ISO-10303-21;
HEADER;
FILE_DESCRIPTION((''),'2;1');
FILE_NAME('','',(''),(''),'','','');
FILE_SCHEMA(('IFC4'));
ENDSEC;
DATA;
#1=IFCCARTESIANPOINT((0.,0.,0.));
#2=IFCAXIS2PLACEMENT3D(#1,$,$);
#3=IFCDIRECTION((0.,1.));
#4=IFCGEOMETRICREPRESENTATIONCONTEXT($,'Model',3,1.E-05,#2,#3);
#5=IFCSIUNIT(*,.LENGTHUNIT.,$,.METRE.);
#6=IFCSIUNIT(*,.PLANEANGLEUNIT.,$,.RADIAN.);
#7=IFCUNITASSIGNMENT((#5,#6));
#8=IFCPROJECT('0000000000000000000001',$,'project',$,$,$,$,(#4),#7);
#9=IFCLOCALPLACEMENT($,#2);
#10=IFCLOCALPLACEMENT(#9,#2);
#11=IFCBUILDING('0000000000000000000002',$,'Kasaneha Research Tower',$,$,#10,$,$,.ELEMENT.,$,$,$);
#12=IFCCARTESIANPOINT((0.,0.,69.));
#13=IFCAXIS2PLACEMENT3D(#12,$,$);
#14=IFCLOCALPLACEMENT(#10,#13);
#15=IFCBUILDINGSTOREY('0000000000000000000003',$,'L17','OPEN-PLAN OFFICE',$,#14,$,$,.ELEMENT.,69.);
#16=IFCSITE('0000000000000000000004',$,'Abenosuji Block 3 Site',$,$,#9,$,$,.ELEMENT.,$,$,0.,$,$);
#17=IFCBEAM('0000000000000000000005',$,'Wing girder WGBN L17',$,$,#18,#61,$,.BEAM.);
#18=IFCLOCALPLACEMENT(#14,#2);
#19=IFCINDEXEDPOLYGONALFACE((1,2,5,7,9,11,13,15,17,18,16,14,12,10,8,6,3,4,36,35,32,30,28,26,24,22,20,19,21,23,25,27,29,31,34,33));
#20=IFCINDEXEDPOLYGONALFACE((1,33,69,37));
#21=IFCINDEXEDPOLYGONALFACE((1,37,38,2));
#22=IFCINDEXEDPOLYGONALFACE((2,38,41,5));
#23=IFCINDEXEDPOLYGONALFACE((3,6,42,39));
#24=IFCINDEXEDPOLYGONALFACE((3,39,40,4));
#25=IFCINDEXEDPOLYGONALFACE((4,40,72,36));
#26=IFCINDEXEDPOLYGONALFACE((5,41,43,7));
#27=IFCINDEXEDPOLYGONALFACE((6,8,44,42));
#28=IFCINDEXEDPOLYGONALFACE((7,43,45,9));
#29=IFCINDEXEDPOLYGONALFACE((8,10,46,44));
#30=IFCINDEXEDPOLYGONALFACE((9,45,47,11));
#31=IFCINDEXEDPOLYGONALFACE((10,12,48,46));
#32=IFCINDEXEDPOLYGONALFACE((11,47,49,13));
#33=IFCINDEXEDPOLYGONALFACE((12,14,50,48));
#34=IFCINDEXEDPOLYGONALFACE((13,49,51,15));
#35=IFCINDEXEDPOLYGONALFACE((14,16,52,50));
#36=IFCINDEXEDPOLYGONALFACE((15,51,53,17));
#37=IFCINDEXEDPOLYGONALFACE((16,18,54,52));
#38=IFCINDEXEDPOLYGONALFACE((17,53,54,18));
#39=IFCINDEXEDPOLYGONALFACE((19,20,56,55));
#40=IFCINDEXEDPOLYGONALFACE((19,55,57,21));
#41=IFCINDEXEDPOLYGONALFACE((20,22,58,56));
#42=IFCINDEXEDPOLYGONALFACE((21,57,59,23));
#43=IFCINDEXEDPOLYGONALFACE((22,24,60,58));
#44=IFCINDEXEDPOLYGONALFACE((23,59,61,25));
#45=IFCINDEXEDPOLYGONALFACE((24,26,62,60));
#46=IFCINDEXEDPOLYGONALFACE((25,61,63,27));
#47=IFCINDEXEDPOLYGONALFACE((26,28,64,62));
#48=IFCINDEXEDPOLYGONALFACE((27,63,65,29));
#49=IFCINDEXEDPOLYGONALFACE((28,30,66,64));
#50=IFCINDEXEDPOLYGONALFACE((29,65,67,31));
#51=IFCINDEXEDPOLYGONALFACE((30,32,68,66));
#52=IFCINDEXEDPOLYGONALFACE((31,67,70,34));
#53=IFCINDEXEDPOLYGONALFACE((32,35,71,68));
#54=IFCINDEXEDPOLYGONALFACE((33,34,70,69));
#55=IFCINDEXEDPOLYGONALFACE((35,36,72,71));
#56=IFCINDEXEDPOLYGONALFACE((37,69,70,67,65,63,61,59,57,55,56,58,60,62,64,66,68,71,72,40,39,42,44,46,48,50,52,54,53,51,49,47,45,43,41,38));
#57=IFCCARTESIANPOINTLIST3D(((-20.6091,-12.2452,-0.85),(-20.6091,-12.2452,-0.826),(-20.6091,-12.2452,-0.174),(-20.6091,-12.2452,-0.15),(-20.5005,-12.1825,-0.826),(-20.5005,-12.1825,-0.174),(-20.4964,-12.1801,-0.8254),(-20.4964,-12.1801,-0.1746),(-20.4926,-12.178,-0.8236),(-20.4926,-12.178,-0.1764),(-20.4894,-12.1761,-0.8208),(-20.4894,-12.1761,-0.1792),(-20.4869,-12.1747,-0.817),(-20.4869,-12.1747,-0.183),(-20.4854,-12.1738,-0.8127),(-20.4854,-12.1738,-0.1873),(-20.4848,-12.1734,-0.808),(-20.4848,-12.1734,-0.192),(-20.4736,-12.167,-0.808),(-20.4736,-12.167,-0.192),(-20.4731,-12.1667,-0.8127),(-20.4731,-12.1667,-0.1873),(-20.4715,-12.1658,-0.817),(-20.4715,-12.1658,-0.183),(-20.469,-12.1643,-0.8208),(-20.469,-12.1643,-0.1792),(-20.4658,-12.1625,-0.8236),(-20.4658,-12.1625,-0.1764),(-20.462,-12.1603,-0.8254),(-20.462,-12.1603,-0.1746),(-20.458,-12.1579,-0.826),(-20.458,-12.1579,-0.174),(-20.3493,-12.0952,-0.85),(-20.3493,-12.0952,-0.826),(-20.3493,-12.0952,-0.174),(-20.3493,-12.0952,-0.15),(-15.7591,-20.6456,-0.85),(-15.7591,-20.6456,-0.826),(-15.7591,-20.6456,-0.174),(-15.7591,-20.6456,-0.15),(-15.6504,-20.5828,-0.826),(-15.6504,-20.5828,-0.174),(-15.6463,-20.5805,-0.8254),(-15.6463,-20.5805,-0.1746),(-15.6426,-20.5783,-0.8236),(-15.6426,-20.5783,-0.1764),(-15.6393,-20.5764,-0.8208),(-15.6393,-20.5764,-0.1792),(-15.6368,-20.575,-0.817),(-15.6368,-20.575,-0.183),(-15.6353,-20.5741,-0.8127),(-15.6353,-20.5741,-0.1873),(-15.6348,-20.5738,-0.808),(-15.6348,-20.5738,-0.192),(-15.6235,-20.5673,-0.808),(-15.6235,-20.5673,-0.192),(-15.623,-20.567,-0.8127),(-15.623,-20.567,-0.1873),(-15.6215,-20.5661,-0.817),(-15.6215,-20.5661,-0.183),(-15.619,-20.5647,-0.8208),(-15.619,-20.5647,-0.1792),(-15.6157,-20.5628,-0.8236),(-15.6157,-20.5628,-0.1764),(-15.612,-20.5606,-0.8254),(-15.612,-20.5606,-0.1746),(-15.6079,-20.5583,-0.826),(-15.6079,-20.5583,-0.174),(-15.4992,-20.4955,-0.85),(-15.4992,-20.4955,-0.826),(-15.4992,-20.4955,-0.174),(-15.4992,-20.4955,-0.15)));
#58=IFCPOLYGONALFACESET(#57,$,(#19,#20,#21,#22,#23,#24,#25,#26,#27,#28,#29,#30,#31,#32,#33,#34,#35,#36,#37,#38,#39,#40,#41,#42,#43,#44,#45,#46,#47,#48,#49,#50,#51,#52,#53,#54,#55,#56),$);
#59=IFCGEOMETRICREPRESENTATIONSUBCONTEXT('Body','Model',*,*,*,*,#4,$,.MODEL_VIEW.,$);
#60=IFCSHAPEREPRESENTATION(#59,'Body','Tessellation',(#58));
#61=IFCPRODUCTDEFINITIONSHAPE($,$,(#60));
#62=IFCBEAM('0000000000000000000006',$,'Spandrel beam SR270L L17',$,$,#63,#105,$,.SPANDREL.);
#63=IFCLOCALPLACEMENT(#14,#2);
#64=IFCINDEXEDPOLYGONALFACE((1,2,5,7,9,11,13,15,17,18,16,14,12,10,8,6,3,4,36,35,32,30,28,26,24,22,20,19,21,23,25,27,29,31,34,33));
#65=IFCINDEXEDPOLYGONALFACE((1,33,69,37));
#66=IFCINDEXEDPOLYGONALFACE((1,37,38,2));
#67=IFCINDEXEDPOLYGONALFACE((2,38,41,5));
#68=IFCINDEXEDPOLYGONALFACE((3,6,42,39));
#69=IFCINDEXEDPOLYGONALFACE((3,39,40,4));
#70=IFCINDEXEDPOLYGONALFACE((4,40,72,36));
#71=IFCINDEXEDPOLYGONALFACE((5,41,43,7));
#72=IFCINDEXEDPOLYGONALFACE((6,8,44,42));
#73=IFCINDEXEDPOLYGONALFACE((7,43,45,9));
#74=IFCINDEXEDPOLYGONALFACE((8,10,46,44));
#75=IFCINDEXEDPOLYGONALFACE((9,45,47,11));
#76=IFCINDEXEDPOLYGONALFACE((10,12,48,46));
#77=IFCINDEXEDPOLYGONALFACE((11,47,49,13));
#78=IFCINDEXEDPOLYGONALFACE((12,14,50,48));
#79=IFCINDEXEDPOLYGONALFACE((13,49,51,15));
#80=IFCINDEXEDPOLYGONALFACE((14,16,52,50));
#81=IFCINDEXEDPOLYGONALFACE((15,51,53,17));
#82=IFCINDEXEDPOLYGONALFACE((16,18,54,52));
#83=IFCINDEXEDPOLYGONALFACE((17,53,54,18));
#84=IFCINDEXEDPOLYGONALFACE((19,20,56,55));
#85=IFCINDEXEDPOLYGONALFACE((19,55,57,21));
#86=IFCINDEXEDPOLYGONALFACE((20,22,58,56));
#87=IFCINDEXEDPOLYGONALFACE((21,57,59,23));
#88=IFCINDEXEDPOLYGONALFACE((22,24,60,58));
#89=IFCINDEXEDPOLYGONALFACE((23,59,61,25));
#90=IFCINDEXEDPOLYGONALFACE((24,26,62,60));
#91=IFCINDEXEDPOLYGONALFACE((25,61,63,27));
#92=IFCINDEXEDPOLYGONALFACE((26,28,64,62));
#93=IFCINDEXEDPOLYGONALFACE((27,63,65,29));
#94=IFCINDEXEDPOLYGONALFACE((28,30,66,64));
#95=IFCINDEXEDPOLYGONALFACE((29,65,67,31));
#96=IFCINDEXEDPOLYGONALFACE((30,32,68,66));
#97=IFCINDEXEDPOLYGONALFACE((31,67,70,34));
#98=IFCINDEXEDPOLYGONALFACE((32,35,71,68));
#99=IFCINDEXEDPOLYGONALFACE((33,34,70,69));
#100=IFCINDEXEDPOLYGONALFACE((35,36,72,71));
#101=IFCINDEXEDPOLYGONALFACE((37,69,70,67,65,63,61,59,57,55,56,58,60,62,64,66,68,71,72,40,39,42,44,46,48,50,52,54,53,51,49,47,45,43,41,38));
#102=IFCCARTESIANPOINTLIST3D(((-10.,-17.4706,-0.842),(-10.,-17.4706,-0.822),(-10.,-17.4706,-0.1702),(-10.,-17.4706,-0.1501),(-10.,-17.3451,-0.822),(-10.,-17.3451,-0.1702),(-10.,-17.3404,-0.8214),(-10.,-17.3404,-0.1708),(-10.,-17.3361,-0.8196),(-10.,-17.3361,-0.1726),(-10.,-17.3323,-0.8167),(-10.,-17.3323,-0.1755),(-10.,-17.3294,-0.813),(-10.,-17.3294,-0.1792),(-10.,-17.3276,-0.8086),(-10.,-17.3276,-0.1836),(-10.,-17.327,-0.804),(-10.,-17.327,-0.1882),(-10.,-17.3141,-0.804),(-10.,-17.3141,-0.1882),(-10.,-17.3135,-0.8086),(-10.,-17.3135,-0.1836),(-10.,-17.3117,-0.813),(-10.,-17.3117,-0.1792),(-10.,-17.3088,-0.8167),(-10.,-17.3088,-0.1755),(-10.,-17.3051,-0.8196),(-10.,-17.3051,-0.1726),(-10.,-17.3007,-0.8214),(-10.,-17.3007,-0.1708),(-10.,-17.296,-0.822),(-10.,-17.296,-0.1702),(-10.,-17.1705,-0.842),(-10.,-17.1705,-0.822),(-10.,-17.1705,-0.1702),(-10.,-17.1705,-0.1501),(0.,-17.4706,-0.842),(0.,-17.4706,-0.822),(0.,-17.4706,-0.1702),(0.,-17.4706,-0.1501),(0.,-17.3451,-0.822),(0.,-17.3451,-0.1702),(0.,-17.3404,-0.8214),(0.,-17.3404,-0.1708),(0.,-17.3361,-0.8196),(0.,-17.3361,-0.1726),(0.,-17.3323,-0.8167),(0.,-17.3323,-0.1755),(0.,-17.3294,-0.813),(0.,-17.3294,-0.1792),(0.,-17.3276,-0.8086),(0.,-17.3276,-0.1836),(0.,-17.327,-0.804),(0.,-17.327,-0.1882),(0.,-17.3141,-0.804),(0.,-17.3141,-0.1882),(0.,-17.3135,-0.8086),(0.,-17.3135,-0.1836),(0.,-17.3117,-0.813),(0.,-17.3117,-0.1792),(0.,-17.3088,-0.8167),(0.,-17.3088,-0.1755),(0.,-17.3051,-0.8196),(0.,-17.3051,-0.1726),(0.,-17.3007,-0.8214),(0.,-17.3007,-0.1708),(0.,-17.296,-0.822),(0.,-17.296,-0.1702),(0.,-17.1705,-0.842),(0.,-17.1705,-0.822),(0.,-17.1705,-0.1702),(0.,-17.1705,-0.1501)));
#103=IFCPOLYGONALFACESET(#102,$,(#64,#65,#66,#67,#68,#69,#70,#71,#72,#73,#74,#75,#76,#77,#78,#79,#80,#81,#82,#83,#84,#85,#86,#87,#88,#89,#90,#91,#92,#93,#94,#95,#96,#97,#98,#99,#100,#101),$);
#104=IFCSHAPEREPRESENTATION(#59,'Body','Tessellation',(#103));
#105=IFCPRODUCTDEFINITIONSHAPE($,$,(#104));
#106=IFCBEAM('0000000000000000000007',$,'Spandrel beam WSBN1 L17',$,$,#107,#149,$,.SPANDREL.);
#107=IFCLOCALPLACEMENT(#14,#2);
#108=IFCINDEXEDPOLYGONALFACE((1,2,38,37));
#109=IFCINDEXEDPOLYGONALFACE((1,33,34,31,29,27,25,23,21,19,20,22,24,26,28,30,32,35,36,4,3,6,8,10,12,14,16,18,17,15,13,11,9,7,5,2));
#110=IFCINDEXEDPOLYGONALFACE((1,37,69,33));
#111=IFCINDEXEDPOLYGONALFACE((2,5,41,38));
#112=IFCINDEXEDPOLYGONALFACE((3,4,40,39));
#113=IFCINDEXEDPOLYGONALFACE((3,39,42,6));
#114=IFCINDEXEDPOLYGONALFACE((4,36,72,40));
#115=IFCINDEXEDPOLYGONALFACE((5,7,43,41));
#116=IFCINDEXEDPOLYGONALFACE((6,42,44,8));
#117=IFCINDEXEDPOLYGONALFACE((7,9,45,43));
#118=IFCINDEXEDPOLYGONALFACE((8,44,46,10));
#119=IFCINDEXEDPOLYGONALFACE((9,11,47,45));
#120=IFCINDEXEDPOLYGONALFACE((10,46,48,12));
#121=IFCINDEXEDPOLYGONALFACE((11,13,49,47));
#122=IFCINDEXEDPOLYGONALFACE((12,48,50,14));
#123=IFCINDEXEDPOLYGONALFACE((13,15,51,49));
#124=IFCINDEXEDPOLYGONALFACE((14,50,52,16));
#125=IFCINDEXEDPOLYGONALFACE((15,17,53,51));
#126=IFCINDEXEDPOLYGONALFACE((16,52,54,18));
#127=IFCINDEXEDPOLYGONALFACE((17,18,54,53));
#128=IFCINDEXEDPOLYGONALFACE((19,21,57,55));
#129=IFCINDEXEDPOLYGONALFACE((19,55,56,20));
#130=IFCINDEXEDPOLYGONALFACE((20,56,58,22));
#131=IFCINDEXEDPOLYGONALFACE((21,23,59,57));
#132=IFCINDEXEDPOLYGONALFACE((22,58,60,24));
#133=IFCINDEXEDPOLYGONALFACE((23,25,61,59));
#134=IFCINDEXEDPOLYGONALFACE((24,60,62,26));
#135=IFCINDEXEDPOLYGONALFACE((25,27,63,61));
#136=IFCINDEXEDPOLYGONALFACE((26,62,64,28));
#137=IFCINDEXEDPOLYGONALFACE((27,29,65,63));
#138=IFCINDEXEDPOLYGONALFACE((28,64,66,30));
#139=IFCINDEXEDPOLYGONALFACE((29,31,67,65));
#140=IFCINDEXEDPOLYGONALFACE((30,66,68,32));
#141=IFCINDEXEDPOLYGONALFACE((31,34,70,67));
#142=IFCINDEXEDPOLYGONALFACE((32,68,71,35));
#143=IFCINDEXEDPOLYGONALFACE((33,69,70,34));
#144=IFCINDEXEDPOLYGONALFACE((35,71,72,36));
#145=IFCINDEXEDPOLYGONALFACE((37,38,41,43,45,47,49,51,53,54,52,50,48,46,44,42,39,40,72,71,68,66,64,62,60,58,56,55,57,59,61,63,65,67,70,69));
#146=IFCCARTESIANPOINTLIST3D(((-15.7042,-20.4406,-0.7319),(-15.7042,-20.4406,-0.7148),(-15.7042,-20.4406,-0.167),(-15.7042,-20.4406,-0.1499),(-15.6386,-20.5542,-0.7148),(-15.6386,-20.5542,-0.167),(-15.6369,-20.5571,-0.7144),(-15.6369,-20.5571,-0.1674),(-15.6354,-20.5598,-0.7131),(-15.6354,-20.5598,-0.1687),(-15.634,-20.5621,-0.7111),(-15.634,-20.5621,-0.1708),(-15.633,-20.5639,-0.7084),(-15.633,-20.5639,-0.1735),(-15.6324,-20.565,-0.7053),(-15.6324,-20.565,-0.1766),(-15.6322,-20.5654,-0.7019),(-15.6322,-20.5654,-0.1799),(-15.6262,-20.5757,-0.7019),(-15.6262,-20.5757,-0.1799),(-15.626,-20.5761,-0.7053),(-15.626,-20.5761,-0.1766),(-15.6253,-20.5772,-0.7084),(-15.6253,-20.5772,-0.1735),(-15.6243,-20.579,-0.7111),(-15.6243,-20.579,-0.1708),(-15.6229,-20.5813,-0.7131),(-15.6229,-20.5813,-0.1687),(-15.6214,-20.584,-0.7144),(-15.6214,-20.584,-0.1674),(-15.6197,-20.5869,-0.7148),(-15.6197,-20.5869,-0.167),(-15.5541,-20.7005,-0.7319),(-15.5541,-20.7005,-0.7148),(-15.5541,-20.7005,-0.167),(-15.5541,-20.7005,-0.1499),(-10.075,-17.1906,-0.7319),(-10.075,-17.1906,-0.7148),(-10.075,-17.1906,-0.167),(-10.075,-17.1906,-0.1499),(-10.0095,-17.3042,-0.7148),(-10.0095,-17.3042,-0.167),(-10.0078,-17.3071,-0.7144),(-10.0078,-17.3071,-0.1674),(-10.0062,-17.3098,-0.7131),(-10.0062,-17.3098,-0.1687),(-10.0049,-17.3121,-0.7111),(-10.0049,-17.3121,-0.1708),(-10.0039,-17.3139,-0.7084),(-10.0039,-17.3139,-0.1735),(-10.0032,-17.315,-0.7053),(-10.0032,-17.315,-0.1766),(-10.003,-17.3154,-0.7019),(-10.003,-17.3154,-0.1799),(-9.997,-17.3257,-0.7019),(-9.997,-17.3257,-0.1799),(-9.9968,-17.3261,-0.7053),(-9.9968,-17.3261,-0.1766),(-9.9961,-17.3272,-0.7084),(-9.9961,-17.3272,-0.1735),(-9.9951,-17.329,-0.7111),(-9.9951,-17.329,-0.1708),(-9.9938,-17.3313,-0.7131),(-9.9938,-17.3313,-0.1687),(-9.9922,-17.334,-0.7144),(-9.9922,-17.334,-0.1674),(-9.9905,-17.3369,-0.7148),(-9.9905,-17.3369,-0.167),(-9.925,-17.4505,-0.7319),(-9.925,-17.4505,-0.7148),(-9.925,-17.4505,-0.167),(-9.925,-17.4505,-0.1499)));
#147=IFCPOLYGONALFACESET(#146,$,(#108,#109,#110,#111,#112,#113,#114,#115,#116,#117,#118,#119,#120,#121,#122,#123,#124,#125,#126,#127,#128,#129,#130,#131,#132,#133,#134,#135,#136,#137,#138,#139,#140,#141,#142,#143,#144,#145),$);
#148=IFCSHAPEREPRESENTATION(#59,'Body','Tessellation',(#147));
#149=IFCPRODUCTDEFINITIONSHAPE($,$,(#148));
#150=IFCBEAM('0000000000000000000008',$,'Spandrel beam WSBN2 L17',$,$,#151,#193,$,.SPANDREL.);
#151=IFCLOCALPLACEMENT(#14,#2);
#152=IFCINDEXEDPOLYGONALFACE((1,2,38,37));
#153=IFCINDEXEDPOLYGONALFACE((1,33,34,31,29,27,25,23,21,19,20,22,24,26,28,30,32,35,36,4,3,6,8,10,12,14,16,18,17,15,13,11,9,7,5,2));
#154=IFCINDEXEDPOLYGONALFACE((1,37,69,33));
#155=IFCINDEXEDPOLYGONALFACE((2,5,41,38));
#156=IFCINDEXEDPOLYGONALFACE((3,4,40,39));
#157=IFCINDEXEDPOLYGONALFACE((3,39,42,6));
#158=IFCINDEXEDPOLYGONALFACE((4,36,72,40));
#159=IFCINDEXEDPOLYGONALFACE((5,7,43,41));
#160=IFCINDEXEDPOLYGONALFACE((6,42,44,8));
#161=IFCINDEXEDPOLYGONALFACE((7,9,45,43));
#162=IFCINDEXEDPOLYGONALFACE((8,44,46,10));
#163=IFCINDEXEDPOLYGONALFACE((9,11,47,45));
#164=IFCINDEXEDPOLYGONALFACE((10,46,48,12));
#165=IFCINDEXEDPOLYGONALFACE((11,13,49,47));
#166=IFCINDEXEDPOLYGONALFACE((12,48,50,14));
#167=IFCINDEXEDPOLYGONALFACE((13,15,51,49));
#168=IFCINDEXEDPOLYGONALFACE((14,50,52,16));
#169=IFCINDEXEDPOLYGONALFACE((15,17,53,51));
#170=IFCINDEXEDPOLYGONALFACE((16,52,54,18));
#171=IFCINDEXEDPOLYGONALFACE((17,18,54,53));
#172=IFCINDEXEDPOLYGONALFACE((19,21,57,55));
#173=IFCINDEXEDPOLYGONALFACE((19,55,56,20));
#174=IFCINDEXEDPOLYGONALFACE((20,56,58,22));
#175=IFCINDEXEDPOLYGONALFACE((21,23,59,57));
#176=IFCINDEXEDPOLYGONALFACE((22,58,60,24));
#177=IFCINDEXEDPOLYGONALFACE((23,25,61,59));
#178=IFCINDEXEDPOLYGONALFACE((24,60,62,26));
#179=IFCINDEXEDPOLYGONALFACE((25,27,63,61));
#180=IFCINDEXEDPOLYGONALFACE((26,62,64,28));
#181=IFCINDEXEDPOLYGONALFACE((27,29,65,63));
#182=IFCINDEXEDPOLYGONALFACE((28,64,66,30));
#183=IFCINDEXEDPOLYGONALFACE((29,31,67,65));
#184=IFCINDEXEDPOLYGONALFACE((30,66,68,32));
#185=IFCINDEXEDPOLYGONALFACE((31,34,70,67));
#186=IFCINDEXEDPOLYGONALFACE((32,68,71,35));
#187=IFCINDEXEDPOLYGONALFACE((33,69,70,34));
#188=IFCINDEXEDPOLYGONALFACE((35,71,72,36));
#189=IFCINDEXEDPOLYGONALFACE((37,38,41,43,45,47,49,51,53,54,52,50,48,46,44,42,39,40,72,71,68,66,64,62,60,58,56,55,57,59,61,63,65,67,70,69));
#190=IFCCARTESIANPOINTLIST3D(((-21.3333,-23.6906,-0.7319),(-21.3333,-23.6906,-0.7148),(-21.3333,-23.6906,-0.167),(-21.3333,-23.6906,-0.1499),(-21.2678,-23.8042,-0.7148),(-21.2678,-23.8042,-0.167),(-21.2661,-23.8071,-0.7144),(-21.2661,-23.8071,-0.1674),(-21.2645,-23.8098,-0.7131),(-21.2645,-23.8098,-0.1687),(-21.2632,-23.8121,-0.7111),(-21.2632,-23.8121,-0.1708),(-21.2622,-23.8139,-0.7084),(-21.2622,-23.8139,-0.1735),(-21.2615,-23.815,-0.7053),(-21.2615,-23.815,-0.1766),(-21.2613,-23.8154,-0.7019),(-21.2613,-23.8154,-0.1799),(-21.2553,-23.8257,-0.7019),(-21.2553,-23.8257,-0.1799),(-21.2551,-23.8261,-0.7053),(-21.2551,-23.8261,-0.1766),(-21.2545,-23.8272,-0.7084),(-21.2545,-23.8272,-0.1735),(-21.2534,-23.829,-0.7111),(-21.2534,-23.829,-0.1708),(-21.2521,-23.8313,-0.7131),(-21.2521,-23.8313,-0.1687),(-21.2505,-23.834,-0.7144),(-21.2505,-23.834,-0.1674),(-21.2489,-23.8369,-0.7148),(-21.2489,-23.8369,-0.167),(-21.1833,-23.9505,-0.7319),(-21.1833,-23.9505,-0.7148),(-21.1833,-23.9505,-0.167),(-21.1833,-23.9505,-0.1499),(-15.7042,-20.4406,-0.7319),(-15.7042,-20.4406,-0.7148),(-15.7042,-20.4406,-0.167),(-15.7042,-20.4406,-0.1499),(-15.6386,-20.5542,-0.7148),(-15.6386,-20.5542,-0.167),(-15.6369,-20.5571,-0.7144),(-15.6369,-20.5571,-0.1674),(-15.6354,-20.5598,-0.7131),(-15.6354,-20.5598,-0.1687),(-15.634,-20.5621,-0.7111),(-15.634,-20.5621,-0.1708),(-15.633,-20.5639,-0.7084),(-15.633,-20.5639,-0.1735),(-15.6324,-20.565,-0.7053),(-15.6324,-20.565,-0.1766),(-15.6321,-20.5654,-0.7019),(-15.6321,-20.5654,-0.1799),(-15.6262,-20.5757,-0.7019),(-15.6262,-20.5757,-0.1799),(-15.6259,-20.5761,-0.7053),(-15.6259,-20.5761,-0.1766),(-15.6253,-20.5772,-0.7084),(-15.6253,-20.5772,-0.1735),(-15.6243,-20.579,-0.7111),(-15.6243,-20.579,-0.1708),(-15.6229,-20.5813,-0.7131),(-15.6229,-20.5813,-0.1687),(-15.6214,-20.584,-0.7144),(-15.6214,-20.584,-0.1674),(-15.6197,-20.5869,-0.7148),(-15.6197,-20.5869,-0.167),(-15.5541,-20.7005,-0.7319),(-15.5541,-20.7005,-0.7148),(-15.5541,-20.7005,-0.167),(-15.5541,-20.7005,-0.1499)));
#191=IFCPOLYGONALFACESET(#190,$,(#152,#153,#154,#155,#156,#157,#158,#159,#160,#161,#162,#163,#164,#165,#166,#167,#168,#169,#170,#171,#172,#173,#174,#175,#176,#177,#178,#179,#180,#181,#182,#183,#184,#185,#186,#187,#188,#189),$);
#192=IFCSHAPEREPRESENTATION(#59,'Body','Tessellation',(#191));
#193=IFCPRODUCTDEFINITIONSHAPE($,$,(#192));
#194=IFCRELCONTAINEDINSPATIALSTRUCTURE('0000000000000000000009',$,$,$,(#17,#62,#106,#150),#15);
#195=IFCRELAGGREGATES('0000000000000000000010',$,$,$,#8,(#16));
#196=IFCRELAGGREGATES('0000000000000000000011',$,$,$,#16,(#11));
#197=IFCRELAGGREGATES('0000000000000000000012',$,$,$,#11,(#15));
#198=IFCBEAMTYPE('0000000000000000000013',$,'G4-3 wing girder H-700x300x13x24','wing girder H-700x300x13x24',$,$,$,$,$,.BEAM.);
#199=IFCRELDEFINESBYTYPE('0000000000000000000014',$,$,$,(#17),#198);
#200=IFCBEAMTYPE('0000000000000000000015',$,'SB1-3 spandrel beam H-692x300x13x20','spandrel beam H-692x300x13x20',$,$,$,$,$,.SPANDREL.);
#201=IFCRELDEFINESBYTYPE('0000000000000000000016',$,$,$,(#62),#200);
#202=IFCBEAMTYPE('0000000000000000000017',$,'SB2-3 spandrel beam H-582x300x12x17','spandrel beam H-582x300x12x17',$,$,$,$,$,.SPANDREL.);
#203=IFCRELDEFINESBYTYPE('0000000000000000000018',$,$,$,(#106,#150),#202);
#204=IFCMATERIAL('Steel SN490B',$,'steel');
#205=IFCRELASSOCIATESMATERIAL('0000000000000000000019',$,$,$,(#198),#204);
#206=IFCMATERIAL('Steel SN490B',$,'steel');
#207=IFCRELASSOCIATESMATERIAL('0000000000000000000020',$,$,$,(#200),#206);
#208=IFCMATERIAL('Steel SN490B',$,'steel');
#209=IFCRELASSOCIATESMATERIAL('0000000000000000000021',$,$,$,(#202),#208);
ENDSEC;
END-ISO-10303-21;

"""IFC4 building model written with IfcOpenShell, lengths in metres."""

from ifc_helpers import new_model, si_unit, direction, frame, origin, origin_2d, place, context, subcontext, project, spatial, i_section, extrude, material, material_profile, profile_set, type_object, element, save


model = new_model("IFC4")

# Units and contexts
model_context = context("Model", 3, precision=1e-05, world=origin(), true_north=direction((0.0, 1.0)))
body_context = subcontext(model_context, "Body", "Model", "MODEL_VIEW")
ifc_project = project(units=[si_unit("LENGTHUNIT", "METRE"), si_unit("PLANEANGLEUNIT", "RADIAN")], contexts=[model_context])

# Site, building, storey
site_placement = place(None, origin())
site = spatial("IfcSite", under=ifc_project, at=site_placement, Name="Abenosuji Block 3 Site", CompositionType="ELEMENT", RefElevation=0.0)
building_placement = place(site_placement, origin())
building = spatial("IfcBuilding", under=site, at=building_placement, Name="Kasaneha Research Tower", CompositionType="ELEMENT")
storey_placement = place(building_placement, frame((0.0, 0.0, 69.0)))
storey = spatial("IfcBuildingStorey", under=building, at=storey_placement, Name="L17", Description="OPEN-PLAN OFFICE", CompositionType="ELEMENT", Elevation=69.0)

# Beams
ifc_material_1 = material(Name="Steel SN490B", Category="steel")
ifc_material_profile_1 = material_profile(ifc_material_1, i_section(OverallWidth=0.3, OverallDepth=0.7, WebThickness=0.0129, FlangeThickness=0.0239, FilletRadius=0.0181, at=origin_2d()), Name="H-700x300x13x24")
ifc_profile_set_1 = profile_set([ifc_material_profile_1], Name="Steel SN490B")
beam_type_1 = type_object("IfcBeamType", Name="G4-3 wing girder H-700x300x13x24", Description="wing girder H-700x300x13x24", PredefinedType="BEAM", material=ifc_profile_set_1)
beam_1_placement = place(storey_placement, frame((-15.6292, -20.5706, -0.5), z_axis=(-0.50001, 0.86602, 0.0), x_axis=(-0.86602, -0.50001, 0.0)))
element("IfcBeam", 1, at=beam_1_placement, inside=storey, type_object=beam_type_1, Name="Wing girder WGBN L17", PredefinedType="BEAM", context=body_context, shape_type="SweptSolid", body=[
    extrude(i_section(OverallWidth=0.3, OverallDepth=0.7, WebThickness=0.0129, FlangeThickness=0.0239, FilletRadius=0.0181, at=origin_2d()), origin(), (0.0, 0.0, 1.0), 9.7),
])
ifc_material_2 = material(Name="Steel SN490B", Category="steel")
ifc_material_profile_2 = material_profile(ifc_material_2, i_section(OverallWidth=0.3, OverallDepth=0.6919, WebThickness=0.0129, FlangeThickness=0.02, FilletRadius=0.0181, at=origin_2d()), Name="H-692x300x13x20")
ifc_profile_set_2 = profile_set([ifc_material_profile_2], Name="Steel SN490B")
beam_type_2 = type_object("IfcBeamType", Name="SB1-3 spandrel beam H-692x300x13x20", Description="spandrel beam H-692x300x13x20", PredefinedType="SPANDREL", material=ifc_profile_set_2)
beam_2_placement = place(storey_placement, frame((-10.0, -17.3206, -0.4961), z_axis=(1.0, 0.0, 0.0), x_axis=(0.0, 1.0, 0.0)))
element("IfcBeam", 2, at=beam_2_placement, inside=storey, type_object=beam_type_2, Name="Spandrel beam SR270L L17", PredefinedType="SPANDREL", context=body_context, shape_type="SweptSolid", body=[
    extrude(i_section(OverallWidth=0.3, OverallDepth=0.6919, WebThickness=0.0129, FlangeThickness=0.02, FilletRadius=0.0181, at=origin_2d()), origin(), (0.0, 0.0, 1.0), 10.0),
])
ifc_material_3 = material(Name="Steel SN490B", Category="steel")
ifc_material_profile_3 = material_profile(ifc_material_3, i_section(OverallWidth=0.3, OverallDepth=0.582, WebThickness=0.012, FlangeThickness=0.0171, FilletRadius=0.0129, at=origin_2d()), Name="H-582x300x12x17")
ifc_profile_set_3 = profile_set([ifc_material_profile_3], Name="Steel SN490B")
beam_type_3 = type_object("IfcBeamType", Name="SB2-3 spandrel beam H-582x300x12x17", Description="spandrel beam H-582x300x12x17", PredefinedType="SPANDREL", material=ifc_profile_set_3)
for number, where, z_axis, x_axis, name in (
    (3, (-10.0, -17.3206, -0.4409), (-0.866025, -0.500001, 0.0), (0.500001, -0.866025, 0.0), "Spandrel beam WSBN1 L17"),
    (4, (-15.6292, -20.5706, -0.4409), (-0.866025, -0.500001, 0.0), (0.500001, -0.866025, 0.0), "Spandrel beam WSBN2 L17"),
):
    element("IfcBeam", number, at=place(storey_placement, frame(where, z_axis=z_axis, x_axis=x_axis)), inside=storey, type_object=beam_type_3, Name=name, PredefinedType="SPANDREL", context=body_context, shape_type="SweptSolid", body=[
        extrude(i_section(OverallWidth=0.3, OverallDepth=0.582, WebThickness=0.012, FlangeThickness=0.0171, FilletRadius=0.0129, at=origin_2d()), origin(), (0.0, 0.0, 1.0), 6.5),
    ])

save(model, "model.ifc")
